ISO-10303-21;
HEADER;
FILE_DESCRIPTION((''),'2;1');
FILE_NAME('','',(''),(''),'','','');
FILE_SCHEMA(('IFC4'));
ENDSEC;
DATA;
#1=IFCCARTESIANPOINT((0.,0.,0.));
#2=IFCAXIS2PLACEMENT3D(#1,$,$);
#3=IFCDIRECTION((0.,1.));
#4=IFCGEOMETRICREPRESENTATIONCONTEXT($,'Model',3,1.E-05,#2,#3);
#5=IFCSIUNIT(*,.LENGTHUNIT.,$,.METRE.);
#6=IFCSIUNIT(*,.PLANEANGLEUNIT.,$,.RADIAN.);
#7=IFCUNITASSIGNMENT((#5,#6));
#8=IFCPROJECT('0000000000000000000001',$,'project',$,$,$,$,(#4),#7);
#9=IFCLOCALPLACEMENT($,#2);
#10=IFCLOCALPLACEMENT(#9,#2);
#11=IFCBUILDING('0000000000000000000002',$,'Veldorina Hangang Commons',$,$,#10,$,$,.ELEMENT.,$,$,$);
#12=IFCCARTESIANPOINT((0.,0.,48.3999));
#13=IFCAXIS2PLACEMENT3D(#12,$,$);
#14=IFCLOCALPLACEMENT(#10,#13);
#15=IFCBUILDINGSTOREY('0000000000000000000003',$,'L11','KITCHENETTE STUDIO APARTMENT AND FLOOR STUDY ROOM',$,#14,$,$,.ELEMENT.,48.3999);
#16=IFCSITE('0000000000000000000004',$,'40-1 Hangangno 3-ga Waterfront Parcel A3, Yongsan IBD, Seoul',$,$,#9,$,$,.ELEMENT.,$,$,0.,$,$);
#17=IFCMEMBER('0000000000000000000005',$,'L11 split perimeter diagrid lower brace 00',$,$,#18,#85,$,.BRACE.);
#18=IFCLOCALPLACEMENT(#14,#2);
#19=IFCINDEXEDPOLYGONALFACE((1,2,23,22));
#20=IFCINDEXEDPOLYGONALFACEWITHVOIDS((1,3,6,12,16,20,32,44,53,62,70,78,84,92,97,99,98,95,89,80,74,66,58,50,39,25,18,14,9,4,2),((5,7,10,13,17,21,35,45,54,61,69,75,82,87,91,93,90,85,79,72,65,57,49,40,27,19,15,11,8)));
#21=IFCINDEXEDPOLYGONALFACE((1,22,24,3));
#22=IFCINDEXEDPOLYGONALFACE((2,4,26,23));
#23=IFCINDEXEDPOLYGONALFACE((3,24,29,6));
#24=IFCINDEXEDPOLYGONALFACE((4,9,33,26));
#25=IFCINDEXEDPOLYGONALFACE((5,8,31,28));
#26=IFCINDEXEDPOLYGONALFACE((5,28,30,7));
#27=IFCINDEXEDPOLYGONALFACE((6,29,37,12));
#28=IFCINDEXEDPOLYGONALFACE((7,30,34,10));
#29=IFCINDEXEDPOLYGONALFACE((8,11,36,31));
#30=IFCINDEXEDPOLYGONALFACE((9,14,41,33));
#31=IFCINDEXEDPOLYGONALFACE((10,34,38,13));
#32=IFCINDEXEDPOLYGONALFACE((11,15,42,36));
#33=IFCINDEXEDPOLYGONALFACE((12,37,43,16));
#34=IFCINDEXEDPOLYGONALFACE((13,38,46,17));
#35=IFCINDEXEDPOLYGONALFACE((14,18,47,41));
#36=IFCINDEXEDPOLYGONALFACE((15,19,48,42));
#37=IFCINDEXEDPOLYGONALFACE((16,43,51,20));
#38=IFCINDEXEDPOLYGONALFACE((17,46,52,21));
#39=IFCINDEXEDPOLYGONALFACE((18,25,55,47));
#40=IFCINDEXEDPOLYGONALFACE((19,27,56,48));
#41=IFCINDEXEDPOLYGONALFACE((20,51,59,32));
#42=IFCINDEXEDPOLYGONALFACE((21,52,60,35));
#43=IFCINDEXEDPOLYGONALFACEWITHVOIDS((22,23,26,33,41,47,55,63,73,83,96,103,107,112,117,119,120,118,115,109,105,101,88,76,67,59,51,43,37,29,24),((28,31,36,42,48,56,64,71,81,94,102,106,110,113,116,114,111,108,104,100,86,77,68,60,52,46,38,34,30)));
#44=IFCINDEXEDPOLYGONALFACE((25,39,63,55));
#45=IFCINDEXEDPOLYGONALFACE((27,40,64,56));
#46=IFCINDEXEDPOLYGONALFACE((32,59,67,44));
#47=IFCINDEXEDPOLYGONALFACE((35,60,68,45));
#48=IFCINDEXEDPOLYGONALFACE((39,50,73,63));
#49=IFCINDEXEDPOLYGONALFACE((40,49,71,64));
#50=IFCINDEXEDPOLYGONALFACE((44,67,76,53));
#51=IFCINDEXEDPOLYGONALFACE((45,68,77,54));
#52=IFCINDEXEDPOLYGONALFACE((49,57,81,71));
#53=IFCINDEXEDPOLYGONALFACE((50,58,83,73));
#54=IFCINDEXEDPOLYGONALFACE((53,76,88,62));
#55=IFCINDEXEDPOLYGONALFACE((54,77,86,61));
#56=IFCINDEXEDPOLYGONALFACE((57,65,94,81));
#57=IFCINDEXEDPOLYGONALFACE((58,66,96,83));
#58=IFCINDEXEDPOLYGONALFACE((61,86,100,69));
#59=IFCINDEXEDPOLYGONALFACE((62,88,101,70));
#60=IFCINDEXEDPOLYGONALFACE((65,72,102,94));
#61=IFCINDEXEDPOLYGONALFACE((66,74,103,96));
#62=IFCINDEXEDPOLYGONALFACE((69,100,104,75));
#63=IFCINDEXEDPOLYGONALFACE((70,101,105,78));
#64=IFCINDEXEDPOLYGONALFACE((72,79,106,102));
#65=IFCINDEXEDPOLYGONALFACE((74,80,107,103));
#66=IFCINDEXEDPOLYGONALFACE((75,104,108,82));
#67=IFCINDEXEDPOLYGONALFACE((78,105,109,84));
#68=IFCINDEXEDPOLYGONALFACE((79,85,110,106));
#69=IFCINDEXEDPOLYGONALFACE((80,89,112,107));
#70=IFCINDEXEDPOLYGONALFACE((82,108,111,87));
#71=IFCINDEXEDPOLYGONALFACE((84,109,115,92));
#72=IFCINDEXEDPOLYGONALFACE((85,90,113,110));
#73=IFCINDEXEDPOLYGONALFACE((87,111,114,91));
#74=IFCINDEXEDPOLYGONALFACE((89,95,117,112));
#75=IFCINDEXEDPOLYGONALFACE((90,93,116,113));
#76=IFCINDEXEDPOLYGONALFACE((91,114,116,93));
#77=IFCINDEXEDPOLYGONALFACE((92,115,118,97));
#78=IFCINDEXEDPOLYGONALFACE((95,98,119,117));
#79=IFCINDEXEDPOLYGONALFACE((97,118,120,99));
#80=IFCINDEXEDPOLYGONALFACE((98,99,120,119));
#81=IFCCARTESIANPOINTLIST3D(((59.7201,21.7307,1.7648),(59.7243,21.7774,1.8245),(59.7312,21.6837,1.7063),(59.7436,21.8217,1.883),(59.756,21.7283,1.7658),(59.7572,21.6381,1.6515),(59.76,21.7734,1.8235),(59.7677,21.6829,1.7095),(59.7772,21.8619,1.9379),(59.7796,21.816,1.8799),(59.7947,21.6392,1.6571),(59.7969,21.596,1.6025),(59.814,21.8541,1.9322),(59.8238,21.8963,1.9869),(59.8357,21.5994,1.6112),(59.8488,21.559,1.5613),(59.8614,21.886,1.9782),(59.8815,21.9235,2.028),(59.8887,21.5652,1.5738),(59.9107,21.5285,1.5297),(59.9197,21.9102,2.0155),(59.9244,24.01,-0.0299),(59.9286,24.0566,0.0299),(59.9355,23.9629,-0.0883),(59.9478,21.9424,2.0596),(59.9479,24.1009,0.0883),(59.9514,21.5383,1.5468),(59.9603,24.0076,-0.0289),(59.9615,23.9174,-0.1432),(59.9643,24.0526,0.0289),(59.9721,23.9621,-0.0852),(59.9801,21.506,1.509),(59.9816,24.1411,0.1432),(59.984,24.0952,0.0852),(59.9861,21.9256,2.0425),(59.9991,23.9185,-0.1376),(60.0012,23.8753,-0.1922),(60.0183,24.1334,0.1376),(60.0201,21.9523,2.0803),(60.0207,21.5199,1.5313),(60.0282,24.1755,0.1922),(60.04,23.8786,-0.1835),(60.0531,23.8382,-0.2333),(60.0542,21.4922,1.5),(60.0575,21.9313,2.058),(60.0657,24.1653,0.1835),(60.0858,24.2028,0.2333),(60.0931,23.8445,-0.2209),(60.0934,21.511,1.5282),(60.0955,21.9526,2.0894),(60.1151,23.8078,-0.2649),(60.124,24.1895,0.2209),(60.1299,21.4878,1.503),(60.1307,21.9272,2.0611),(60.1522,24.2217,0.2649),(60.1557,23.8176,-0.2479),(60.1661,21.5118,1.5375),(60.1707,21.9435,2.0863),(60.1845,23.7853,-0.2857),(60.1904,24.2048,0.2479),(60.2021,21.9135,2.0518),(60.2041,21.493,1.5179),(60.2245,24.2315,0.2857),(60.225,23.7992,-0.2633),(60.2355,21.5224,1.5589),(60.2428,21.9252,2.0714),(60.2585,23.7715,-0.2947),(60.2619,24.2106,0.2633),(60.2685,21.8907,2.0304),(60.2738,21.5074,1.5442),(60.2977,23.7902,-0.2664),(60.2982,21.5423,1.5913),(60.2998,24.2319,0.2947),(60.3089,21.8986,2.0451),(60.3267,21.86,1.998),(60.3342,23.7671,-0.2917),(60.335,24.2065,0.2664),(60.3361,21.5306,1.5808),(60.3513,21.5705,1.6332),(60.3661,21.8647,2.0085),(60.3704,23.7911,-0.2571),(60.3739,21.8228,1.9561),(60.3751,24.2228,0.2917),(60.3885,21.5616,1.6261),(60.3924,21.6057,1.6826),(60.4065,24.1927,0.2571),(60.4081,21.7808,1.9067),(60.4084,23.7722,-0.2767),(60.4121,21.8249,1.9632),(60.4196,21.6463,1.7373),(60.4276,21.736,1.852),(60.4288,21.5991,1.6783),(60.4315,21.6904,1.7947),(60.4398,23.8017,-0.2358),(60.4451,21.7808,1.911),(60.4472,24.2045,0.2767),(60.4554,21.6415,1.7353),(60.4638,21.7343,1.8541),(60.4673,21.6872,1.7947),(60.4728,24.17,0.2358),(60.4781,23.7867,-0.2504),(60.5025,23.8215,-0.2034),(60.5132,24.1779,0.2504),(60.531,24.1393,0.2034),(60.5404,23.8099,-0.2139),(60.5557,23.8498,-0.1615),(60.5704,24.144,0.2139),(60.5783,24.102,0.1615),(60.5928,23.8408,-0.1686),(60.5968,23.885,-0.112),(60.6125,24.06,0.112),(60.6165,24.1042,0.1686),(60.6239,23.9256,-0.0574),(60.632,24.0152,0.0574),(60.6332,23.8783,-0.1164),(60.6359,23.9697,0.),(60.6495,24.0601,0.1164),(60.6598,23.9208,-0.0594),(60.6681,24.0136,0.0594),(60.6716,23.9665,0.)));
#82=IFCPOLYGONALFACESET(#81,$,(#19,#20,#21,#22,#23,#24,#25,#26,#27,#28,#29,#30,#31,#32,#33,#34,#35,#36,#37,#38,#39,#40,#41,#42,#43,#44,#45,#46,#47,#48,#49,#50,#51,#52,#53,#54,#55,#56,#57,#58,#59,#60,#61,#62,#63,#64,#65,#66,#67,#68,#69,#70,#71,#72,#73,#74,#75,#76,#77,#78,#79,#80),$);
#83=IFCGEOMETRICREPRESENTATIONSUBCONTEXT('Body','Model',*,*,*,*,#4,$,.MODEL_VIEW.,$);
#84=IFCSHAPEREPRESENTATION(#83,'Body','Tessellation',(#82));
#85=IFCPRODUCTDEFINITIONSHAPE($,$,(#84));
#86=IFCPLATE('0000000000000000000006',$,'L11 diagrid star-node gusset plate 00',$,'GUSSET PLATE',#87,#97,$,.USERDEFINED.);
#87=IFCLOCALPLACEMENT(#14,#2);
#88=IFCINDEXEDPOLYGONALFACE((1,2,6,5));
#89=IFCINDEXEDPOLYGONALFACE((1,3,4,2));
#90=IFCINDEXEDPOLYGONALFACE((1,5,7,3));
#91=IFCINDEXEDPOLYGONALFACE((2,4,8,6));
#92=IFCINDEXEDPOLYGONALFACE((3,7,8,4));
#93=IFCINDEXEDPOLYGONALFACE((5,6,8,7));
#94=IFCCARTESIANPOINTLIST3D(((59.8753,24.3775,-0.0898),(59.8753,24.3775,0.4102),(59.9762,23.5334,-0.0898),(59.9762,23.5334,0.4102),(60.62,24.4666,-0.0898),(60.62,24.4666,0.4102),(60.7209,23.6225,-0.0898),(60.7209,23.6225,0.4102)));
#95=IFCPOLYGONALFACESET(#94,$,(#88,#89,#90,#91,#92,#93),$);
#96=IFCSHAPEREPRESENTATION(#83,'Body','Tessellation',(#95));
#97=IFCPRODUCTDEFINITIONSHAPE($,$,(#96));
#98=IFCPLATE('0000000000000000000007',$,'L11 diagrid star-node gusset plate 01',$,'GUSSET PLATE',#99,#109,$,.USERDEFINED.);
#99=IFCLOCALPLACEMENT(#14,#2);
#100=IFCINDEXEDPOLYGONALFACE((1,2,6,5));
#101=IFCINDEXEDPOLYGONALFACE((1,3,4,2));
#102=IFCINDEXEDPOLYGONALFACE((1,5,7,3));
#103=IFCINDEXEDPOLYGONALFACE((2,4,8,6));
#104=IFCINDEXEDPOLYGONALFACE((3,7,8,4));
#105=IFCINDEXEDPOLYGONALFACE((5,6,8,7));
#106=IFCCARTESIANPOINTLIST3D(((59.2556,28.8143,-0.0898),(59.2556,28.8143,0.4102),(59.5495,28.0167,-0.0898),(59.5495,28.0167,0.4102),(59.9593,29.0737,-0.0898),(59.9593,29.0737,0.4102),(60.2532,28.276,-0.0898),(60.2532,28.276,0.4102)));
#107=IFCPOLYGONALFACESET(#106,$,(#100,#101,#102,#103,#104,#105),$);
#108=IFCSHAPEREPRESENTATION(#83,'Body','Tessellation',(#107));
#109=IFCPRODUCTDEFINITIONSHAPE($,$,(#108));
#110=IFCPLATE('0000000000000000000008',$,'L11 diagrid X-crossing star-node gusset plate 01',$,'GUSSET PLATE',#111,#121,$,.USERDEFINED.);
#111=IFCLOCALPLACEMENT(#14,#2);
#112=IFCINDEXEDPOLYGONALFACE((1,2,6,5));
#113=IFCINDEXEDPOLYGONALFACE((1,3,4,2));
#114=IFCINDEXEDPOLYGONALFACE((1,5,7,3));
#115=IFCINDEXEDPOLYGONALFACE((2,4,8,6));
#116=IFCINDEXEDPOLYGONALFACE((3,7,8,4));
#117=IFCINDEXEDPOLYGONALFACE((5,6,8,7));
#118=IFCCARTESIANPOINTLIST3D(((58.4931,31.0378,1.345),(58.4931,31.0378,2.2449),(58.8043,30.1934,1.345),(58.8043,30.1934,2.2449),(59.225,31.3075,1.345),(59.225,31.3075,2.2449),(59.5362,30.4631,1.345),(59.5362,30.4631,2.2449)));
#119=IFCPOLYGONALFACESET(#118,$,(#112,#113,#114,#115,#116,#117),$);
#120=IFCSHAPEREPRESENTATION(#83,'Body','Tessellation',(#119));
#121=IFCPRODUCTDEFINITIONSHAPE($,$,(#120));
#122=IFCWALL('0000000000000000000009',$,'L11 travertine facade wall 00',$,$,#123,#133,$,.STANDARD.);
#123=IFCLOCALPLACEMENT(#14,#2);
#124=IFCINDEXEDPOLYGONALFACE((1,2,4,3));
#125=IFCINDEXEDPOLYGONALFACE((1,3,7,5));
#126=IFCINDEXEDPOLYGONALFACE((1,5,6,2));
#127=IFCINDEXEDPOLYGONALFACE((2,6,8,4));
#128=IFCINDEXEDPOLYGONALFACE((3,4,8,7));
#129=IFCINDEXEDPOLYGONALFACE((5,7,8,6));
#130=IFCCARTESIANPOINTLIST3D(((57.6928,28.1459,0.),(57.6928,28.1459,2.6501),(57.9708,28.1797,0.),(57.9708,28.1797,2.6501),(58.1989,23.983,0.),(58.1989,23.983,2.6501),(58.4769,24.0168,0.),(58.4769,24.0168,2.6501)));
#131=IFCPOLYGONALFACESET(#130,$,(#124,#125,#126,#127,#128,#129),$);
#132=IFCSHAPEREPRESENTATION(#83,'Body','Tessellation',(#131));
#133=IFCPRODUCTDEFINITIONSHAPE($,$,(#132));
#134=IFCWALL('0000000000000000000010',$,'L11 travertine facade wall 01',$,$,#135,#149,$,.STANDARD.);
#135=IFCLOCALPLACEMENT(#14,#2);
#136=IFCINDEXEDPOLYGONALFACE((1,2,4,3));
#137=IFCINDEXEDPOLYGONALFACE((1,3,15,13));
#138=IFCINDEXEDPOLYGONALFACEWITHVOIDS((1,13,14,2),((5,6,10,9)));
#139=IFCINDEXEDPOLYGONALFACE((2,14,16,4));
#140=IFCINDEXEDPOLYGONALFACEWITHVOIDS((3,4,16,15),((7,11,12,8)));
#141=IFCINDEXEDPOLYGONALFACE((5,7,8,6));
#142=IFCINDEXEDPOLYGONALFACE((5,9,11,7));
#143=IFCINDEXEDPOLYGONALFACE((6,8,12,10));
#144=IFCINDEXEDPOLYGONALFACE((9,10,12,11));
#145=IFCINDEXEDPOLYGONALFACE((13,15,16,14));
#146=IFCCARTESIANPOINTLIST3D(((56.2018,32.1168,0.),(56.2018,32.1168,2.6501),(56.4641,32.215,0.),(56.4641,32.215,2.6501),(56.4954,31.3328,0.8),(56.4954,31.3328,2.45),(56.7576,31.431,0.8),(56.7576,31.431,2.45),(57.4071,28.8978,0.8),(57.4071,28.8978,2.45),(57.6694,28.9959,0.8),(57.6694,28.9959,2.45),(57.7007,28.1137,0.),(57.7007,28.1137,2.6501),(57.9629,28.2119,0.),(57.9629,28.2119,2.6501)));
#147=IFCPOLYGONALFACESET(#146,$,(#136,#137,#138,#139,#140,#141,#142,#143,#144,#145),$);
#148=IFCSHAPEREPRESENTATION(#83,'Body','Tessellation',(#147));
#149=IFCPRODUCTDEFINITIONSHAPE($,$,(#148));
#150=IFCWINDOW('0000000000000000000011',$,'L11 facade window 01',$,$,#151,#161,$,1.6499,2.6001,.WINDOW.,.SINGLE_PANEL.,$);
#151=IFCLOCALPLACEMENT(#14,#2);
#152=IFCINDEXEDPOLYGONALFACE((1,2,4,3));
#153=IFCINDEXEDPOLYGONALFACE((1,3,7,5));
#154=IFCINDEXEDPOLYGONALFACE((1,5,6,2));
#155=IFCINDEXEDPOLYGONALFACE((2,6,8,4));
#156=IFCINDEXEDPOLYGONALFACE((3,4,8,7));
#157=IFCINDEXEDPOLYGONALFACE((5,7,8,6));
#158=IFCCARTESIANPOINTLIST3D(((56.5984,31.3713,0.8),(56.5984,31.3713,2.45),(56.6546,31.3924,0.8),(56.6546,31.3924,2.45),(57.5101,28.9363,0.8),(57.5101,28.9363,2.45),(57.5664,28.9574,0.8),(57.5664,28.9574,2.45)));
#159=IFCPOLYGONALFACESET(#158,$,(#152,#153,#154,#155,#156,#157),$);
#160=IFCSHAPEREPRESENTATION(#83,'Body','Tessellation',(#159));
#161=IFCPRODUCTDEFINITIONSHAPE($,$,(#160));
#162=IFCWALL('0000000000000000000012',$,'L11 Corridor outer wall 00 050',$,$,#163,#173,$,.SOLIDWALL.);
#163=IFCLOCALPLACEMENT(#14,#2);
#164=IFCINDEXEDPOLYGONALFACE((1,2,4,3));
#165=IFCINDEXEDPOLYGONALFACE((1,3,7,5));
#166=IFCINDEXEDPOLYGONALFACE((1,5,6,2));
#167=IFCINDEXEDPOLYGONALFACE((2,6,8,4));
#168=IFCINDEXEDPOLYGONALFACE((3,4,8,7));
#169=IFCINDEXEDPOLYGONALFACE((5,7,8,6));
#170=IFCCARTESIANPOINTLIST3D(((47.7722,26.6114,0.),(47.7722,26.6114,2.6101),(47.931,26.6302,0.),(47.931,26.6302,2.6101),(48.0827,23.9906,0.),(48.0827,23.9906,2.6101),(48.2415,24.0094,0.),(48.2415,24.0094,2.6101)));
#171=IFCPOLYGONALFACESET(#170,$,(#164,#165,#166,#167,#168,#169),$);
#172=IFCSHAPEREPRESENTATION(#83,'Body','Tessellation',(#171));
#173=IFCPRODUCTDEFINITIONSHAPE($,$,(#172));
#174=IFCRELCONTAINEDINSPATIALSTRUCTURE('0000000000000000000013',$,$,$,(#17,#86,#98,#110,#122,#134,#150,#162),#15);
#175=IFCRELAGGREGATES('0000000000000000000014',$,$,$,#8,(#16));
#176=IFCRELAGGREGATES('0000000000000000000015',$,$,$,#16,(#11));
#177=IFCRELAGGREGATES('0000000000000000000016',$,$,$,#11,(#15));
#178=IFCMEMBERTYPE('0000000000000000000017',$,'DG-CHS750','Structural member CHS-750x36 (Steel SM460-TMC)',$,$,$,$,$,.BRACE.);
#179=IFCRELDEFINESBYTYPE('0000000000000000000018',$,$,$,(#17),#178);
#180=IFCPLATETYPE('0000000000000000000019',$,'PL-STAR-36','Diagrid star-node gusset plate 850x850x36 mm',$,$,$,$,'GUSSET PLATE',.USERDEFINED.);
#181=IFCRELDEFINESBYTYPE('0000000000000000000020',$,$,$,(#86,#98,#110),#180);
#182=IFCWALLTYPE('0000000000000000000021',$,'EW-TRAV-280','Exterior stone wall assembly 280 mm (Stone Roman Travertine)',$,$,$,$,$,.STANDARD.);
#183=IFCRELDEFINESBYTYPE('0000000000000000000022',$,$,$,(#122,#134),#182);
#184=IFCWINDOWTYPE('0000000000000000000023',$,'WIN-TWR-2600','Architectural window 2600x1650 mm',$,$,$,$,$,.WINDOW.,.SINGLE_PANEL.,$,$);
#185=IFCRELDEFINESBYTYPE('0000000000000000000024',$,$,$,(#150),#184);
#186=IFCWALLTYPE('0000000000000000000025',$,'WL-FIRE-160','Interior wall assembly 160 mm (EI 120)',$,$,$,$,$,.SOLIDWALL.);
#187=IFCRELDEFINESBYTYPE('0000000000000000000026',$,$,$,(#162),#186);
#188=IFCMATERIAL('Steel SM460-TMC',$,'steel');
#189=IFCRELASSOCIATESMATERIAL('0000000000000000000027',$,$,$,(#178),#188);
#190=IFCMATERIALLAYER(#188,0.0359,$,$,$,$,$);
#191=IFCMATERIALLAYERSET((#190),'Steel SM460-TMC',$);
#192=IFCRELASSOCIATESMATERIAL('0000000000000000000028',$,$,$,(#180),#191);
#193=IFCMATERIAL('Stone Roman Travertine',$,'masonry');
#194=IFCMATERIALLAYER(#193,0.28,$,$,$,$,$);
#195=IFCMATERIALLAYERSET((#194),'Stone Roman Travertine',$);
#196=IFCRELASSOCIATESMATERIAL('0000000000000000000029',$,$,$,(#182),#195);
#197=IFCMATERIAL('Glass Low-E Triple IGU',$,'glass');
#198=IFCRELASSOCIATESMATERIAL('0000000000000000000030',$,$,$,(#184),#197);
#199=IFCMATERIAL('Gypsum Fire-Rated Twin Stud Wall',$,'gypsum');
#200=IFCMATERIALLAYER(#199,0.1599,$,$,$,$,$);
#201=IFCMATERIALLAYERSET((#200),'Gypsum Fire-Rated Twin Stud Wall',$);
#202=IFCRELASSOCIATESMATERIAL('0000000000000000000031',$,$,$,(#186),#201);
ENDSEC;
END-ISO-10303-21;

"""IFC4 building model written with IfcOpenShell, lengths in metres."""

from ifc_helpers import new_model, si_unit, direction, frame, frame_2d, origin, origin_2d, place, context, subcontext, project, spatial, rectangle, hollow_circle, extrude, material, layer, layer_set, material_profile, profile_set, type_object, element, fill, save


model = new_model("IFC4")

# Units and contexts
model_context = context("Model", 3, precision=1e-05, world=origin(), true_north=direction((0.0, 1.0)))
body_context = subcontext(model_context, "Body", "Model", "MODEL_VIEW")
ifc_project = project(units=[si_unit("LENGTHUNIT", "METRE"), si_unit("PLANEANGLEUNIT", "RADIAN")], contexts=[model_context])

# Site, building, storey
site_placement = place(None, origin())
site = spatial("IfcSite", under=ifc_project, at=site_placement, Name="40-1 Hangangno 3-ga Waterfront Parcel A3, Yongsan IBD, Seoul", CompositionType="ELEMENT", RefElevation=0.0)
building_placement = place(site_placement, origin())
building = spatial("IfcBuilding", under=site, at=building_placement, Name="Veldorina Hangang Commons", CompositionType="ELEMENT")
storey_placement = place(building_placement, frame((0.0, 0.0, 48.3999)))
storey = spatial("IfcBuildingStorey", under=building, at=storey_placement, Name="L11", Description="KITCHENETTE STUDIO APARTMENT AND FLOOR STUDY ROOM", CompositionType="ELEMENT", Elevation=48.3999)

# Shared definitions
ifc_material_1 = material(Name="Steel SM460-TMC", Category="steel")

# Member
ifc_material_profile_1 = material_profile(ifc_material_1, hollow_circle(Radius=0.375, WallThickness=0.0359, at=origin_2d()), Name="CHS-750x36")
ifc_profile_set_1 = profile_set([ifc_material_profile_1], Name="Steel SM460-TMC")
member_type = type_object("IfcMemberType", Name="DG-CHS750", Description="Structural member CHS-750x36 (Steel SM460-TMC)", PredefinedType="BRACE", material=ifc_profile_set_1)
member_1_placement = place(storey_placement, frame((60.2981, 24.0, 0.0), z_axis=(-0.070265, -0.783739, 0.617102), x_axis=(0.996005, -0.089295, 0.0)))
element("IfcMember", 1, at=member_1_placement, inside=storey, type_object=member_type, Name="L11 split perimeter diagrid lower brace 00", PredefinedType="BRACE", context=body_context, shape_type="SweptSolid", body=[
    extrude(hollow_circle(Radius=0.375, WallThickness=0.0359, at=origin_2d()), origin(), (0.0, 0.0, 1.0), 2.9082),
])

# Plates
ifc_layer_1 = layer(ifc_material_1, 0.0359)
ifc_layer_set_1 = layer_set([ifc_layer_1], Name="Steel SM460-TMC")
plate_type = type_object("IfcPlateType", Name="PL-STAR-36", Description="Diagrid star-node gusset plate 850x850x36 mm", ElementType="GUSSET PLATE", PredefinedType="USERDEFINED", material=ifc_layer_set_1)
for number, where, z_axis, x_axis, name in (
    (2, (60.2981, 24.0, -0.0898), (0.0, 0.0, 1.0), (-0.118768, 0.992922, 0.0), "L11 diagrid star-node gusset plate 00"),
    (3, (59.7544, 28.5452, -0.0898), (0.0, 0.0, 1.0), (-0.34574, 0.93833, 0.0), "L11 diagrid star-node gusset plate 01"),
):
    element("IfcPlate", number, at=place(storey_placement, frame(where, z_axis=z_axis, x_axis=x_axis)), inside=storey, type_object=plate_type, Name=name, ObjectType="GUSSET PLATE", PredefinedType="USERDEFINED", context=body_context, shape_type="SweptSolid", body=[
        extrude(rectangle(XDim=0.8501, YDim=0.75, at=origin_2d()), origin(), (0.0, 0.0, 1.0), 0.5),
    ])
plate_placement = place(storey_placement, frame((59.0146, 30.7505, 1.345), z_axis=(0.0, 0.0, 1.0), x_axis=(-0.34574, 0.93833, 0.0)))
element("IfcPlate", 4, at=plate_placement, inside=storey, type_object=plate_type, Name="L11 diagrid X-crossing star-node gusset plate 01", ObjectType="GUSSET PLATE", PredefinedType="USERDEFINED", context=body_context, shape_type="SweptSolid", body=[
    extrude(rectangle(XDim=0.8999, YDim=0.78, at=origin_2d()), origin(), (0.0, 0.0, 1.0), 0.8999),
])

# Wall
ifc_material_2 = material(Name="Stone Roman Travertine", Category="masonry")
ifc_layer_2 = layer(ifc_material_2, 0.28)
ifc_layer_set_2 = layer_set([ifc_layer_2], Name="Stone Roman Travertine")
wall_type_1 = type_object("IfcWallType", Name="EW-TRAV-280", Description="Exterior stone wall assembly 280 mm (Stone Roman Travertine)", PredefinedType="STANDARD", material=ifc_layer_set_2)
wall_1_placement = place(storey_placement, frame((58.3379, 24.0, 0.0), z_axis=(0.0, 0.0, 1.0), x_axis=(-0.120688, 0.992691, 0.0)))
element("IfcWall", 5, at=wall_1_placement, inside=storey, type_object=wall_type_1, Name="L11 travertine facade wall 00", PredefinedType="STANDARD", context=body_context, shape_type="SweptSolid", body=[
    extrude(rectangle(XDim=4.1936, YDim=0.28, at=frame_2d((2.0967, 0.0))), origin(), (0.0, 0.0, 1.0), 2.6501),
])

# Wall, opening, window
wall_2_placement = place(storey_placement, frame((57.8318, 28.1628, 0.0), z_axis=(0.0, 0.0, 1.0), x_axis=(-0.350648, 0.936507, 0.0)))
wall_2 = element("IfcWall", 6, at=wall_2_placement, inside=storey, type_object=wall_type_1, Name="L11 travertine facade wall 01", PredefinedType="STANDARD", context=body_context, shape_type="SweptSolid", body=[
    extrude(rectangle(XDim=4.2744, YDim=0.28, at=frame_2d((2.1372, 0.0))), origin(), (0.0, 0.0, 1.0), 2.6501),
])
opening_1_placement = place(wall_2_placement, frame((0.8372, 0.0, 0.8)))
opening_1 = element("IfcOpeningElement", 7, at=opening_1_placement, cuts=wall_2, PredefinedType="OPENING", context=body_context, shape_type="SweptSolid", body=[
    extrude(rectangle(XDim=2.6001, YDim=1.6499, at=frame_2d((1.3, 0.825))), frame((0.0, 0.1499, 0.0), z_axis=(0.0, -1.0, 0.0), x_axis=(1.0, 0.0, 0.0)), (0.0, 0.0, 1.0), 0.3),
])
ifc_material_3 = material(Name="Glass Low-E Triple IGU", Category="glass")
window_type = type_object("IfcWindowType", Name="WIN-TWR-2600", Description="Architectural window 2600x1650 mm", PartitioningType="SINGLE_PANEL", PredefinedType="WINDOW", material=ifc_material_3)
window_placement = place(opening_1_placement, origin())
window = element("IfcWindow", 8, at=window_placement, inside=storey, type_object=window_type, Name="L11 facade window 01", OverallHeight=1.6499, OverallWidth=2.6001, PartitioningType="SINGLE_PANEL", PredefinedType="WINDOW", context=body_context, shape_type="SweptSolid", body=[
    extrude(rectangle(XDim=2.6001, YDim=1.6499, at=frame_2d((1.3, 0.825))), frame((0.0, 0.03, 0.0), z_axis=(0.0, -1.0, 0.0), x_axis=(1.0, 0.0, 0.0)), (0.0, 0.0, 1.0), 0.0601),
])
fill(opening_1, window)

# Wall
ifc_material_4 = material(Name="Gypsum Fire-Rated Twin Stud Wall", Category="gypsum")
ifc_layer_3 = layer(ifc_material_4, 0.1599)
ifc_layer_set_3 = layer_set([ifc_layer_3], Name="Gypsum Fire-Rated Twin Stud Wall")
wall_type_2 = type_object("IfcWallType", Name="WL-FIRE-160", Description="Interior wall assembly 160 mm (EI 120)", PredefinedType="SOLIDWALL", material=ifc_layer_set_3)
wall_3_placement = place(storey_placement, frame((48.1621, 24.0, 0.0), z_axis=(0.0, 0.0, 1.0), x_axis=(-0.117668, 0.993053, 0.0)))
element("IfcWall", 9, at=wall_3_placement, inside=storey, type_object=wall_type_2, Name="L11 Corridor outer wall 00 050", PredefinedType="SOLIDWALL", context=body_context, shape_type="SweptSolid", body=[
    extrude(rectangle(XDim=2.6392, YDim=0.1599, at=frame_2d((1.3196, 0.0))), origin(), (0.0, 0.0, 1.0), 2.6101),
])

save(model, "model.ifc")
